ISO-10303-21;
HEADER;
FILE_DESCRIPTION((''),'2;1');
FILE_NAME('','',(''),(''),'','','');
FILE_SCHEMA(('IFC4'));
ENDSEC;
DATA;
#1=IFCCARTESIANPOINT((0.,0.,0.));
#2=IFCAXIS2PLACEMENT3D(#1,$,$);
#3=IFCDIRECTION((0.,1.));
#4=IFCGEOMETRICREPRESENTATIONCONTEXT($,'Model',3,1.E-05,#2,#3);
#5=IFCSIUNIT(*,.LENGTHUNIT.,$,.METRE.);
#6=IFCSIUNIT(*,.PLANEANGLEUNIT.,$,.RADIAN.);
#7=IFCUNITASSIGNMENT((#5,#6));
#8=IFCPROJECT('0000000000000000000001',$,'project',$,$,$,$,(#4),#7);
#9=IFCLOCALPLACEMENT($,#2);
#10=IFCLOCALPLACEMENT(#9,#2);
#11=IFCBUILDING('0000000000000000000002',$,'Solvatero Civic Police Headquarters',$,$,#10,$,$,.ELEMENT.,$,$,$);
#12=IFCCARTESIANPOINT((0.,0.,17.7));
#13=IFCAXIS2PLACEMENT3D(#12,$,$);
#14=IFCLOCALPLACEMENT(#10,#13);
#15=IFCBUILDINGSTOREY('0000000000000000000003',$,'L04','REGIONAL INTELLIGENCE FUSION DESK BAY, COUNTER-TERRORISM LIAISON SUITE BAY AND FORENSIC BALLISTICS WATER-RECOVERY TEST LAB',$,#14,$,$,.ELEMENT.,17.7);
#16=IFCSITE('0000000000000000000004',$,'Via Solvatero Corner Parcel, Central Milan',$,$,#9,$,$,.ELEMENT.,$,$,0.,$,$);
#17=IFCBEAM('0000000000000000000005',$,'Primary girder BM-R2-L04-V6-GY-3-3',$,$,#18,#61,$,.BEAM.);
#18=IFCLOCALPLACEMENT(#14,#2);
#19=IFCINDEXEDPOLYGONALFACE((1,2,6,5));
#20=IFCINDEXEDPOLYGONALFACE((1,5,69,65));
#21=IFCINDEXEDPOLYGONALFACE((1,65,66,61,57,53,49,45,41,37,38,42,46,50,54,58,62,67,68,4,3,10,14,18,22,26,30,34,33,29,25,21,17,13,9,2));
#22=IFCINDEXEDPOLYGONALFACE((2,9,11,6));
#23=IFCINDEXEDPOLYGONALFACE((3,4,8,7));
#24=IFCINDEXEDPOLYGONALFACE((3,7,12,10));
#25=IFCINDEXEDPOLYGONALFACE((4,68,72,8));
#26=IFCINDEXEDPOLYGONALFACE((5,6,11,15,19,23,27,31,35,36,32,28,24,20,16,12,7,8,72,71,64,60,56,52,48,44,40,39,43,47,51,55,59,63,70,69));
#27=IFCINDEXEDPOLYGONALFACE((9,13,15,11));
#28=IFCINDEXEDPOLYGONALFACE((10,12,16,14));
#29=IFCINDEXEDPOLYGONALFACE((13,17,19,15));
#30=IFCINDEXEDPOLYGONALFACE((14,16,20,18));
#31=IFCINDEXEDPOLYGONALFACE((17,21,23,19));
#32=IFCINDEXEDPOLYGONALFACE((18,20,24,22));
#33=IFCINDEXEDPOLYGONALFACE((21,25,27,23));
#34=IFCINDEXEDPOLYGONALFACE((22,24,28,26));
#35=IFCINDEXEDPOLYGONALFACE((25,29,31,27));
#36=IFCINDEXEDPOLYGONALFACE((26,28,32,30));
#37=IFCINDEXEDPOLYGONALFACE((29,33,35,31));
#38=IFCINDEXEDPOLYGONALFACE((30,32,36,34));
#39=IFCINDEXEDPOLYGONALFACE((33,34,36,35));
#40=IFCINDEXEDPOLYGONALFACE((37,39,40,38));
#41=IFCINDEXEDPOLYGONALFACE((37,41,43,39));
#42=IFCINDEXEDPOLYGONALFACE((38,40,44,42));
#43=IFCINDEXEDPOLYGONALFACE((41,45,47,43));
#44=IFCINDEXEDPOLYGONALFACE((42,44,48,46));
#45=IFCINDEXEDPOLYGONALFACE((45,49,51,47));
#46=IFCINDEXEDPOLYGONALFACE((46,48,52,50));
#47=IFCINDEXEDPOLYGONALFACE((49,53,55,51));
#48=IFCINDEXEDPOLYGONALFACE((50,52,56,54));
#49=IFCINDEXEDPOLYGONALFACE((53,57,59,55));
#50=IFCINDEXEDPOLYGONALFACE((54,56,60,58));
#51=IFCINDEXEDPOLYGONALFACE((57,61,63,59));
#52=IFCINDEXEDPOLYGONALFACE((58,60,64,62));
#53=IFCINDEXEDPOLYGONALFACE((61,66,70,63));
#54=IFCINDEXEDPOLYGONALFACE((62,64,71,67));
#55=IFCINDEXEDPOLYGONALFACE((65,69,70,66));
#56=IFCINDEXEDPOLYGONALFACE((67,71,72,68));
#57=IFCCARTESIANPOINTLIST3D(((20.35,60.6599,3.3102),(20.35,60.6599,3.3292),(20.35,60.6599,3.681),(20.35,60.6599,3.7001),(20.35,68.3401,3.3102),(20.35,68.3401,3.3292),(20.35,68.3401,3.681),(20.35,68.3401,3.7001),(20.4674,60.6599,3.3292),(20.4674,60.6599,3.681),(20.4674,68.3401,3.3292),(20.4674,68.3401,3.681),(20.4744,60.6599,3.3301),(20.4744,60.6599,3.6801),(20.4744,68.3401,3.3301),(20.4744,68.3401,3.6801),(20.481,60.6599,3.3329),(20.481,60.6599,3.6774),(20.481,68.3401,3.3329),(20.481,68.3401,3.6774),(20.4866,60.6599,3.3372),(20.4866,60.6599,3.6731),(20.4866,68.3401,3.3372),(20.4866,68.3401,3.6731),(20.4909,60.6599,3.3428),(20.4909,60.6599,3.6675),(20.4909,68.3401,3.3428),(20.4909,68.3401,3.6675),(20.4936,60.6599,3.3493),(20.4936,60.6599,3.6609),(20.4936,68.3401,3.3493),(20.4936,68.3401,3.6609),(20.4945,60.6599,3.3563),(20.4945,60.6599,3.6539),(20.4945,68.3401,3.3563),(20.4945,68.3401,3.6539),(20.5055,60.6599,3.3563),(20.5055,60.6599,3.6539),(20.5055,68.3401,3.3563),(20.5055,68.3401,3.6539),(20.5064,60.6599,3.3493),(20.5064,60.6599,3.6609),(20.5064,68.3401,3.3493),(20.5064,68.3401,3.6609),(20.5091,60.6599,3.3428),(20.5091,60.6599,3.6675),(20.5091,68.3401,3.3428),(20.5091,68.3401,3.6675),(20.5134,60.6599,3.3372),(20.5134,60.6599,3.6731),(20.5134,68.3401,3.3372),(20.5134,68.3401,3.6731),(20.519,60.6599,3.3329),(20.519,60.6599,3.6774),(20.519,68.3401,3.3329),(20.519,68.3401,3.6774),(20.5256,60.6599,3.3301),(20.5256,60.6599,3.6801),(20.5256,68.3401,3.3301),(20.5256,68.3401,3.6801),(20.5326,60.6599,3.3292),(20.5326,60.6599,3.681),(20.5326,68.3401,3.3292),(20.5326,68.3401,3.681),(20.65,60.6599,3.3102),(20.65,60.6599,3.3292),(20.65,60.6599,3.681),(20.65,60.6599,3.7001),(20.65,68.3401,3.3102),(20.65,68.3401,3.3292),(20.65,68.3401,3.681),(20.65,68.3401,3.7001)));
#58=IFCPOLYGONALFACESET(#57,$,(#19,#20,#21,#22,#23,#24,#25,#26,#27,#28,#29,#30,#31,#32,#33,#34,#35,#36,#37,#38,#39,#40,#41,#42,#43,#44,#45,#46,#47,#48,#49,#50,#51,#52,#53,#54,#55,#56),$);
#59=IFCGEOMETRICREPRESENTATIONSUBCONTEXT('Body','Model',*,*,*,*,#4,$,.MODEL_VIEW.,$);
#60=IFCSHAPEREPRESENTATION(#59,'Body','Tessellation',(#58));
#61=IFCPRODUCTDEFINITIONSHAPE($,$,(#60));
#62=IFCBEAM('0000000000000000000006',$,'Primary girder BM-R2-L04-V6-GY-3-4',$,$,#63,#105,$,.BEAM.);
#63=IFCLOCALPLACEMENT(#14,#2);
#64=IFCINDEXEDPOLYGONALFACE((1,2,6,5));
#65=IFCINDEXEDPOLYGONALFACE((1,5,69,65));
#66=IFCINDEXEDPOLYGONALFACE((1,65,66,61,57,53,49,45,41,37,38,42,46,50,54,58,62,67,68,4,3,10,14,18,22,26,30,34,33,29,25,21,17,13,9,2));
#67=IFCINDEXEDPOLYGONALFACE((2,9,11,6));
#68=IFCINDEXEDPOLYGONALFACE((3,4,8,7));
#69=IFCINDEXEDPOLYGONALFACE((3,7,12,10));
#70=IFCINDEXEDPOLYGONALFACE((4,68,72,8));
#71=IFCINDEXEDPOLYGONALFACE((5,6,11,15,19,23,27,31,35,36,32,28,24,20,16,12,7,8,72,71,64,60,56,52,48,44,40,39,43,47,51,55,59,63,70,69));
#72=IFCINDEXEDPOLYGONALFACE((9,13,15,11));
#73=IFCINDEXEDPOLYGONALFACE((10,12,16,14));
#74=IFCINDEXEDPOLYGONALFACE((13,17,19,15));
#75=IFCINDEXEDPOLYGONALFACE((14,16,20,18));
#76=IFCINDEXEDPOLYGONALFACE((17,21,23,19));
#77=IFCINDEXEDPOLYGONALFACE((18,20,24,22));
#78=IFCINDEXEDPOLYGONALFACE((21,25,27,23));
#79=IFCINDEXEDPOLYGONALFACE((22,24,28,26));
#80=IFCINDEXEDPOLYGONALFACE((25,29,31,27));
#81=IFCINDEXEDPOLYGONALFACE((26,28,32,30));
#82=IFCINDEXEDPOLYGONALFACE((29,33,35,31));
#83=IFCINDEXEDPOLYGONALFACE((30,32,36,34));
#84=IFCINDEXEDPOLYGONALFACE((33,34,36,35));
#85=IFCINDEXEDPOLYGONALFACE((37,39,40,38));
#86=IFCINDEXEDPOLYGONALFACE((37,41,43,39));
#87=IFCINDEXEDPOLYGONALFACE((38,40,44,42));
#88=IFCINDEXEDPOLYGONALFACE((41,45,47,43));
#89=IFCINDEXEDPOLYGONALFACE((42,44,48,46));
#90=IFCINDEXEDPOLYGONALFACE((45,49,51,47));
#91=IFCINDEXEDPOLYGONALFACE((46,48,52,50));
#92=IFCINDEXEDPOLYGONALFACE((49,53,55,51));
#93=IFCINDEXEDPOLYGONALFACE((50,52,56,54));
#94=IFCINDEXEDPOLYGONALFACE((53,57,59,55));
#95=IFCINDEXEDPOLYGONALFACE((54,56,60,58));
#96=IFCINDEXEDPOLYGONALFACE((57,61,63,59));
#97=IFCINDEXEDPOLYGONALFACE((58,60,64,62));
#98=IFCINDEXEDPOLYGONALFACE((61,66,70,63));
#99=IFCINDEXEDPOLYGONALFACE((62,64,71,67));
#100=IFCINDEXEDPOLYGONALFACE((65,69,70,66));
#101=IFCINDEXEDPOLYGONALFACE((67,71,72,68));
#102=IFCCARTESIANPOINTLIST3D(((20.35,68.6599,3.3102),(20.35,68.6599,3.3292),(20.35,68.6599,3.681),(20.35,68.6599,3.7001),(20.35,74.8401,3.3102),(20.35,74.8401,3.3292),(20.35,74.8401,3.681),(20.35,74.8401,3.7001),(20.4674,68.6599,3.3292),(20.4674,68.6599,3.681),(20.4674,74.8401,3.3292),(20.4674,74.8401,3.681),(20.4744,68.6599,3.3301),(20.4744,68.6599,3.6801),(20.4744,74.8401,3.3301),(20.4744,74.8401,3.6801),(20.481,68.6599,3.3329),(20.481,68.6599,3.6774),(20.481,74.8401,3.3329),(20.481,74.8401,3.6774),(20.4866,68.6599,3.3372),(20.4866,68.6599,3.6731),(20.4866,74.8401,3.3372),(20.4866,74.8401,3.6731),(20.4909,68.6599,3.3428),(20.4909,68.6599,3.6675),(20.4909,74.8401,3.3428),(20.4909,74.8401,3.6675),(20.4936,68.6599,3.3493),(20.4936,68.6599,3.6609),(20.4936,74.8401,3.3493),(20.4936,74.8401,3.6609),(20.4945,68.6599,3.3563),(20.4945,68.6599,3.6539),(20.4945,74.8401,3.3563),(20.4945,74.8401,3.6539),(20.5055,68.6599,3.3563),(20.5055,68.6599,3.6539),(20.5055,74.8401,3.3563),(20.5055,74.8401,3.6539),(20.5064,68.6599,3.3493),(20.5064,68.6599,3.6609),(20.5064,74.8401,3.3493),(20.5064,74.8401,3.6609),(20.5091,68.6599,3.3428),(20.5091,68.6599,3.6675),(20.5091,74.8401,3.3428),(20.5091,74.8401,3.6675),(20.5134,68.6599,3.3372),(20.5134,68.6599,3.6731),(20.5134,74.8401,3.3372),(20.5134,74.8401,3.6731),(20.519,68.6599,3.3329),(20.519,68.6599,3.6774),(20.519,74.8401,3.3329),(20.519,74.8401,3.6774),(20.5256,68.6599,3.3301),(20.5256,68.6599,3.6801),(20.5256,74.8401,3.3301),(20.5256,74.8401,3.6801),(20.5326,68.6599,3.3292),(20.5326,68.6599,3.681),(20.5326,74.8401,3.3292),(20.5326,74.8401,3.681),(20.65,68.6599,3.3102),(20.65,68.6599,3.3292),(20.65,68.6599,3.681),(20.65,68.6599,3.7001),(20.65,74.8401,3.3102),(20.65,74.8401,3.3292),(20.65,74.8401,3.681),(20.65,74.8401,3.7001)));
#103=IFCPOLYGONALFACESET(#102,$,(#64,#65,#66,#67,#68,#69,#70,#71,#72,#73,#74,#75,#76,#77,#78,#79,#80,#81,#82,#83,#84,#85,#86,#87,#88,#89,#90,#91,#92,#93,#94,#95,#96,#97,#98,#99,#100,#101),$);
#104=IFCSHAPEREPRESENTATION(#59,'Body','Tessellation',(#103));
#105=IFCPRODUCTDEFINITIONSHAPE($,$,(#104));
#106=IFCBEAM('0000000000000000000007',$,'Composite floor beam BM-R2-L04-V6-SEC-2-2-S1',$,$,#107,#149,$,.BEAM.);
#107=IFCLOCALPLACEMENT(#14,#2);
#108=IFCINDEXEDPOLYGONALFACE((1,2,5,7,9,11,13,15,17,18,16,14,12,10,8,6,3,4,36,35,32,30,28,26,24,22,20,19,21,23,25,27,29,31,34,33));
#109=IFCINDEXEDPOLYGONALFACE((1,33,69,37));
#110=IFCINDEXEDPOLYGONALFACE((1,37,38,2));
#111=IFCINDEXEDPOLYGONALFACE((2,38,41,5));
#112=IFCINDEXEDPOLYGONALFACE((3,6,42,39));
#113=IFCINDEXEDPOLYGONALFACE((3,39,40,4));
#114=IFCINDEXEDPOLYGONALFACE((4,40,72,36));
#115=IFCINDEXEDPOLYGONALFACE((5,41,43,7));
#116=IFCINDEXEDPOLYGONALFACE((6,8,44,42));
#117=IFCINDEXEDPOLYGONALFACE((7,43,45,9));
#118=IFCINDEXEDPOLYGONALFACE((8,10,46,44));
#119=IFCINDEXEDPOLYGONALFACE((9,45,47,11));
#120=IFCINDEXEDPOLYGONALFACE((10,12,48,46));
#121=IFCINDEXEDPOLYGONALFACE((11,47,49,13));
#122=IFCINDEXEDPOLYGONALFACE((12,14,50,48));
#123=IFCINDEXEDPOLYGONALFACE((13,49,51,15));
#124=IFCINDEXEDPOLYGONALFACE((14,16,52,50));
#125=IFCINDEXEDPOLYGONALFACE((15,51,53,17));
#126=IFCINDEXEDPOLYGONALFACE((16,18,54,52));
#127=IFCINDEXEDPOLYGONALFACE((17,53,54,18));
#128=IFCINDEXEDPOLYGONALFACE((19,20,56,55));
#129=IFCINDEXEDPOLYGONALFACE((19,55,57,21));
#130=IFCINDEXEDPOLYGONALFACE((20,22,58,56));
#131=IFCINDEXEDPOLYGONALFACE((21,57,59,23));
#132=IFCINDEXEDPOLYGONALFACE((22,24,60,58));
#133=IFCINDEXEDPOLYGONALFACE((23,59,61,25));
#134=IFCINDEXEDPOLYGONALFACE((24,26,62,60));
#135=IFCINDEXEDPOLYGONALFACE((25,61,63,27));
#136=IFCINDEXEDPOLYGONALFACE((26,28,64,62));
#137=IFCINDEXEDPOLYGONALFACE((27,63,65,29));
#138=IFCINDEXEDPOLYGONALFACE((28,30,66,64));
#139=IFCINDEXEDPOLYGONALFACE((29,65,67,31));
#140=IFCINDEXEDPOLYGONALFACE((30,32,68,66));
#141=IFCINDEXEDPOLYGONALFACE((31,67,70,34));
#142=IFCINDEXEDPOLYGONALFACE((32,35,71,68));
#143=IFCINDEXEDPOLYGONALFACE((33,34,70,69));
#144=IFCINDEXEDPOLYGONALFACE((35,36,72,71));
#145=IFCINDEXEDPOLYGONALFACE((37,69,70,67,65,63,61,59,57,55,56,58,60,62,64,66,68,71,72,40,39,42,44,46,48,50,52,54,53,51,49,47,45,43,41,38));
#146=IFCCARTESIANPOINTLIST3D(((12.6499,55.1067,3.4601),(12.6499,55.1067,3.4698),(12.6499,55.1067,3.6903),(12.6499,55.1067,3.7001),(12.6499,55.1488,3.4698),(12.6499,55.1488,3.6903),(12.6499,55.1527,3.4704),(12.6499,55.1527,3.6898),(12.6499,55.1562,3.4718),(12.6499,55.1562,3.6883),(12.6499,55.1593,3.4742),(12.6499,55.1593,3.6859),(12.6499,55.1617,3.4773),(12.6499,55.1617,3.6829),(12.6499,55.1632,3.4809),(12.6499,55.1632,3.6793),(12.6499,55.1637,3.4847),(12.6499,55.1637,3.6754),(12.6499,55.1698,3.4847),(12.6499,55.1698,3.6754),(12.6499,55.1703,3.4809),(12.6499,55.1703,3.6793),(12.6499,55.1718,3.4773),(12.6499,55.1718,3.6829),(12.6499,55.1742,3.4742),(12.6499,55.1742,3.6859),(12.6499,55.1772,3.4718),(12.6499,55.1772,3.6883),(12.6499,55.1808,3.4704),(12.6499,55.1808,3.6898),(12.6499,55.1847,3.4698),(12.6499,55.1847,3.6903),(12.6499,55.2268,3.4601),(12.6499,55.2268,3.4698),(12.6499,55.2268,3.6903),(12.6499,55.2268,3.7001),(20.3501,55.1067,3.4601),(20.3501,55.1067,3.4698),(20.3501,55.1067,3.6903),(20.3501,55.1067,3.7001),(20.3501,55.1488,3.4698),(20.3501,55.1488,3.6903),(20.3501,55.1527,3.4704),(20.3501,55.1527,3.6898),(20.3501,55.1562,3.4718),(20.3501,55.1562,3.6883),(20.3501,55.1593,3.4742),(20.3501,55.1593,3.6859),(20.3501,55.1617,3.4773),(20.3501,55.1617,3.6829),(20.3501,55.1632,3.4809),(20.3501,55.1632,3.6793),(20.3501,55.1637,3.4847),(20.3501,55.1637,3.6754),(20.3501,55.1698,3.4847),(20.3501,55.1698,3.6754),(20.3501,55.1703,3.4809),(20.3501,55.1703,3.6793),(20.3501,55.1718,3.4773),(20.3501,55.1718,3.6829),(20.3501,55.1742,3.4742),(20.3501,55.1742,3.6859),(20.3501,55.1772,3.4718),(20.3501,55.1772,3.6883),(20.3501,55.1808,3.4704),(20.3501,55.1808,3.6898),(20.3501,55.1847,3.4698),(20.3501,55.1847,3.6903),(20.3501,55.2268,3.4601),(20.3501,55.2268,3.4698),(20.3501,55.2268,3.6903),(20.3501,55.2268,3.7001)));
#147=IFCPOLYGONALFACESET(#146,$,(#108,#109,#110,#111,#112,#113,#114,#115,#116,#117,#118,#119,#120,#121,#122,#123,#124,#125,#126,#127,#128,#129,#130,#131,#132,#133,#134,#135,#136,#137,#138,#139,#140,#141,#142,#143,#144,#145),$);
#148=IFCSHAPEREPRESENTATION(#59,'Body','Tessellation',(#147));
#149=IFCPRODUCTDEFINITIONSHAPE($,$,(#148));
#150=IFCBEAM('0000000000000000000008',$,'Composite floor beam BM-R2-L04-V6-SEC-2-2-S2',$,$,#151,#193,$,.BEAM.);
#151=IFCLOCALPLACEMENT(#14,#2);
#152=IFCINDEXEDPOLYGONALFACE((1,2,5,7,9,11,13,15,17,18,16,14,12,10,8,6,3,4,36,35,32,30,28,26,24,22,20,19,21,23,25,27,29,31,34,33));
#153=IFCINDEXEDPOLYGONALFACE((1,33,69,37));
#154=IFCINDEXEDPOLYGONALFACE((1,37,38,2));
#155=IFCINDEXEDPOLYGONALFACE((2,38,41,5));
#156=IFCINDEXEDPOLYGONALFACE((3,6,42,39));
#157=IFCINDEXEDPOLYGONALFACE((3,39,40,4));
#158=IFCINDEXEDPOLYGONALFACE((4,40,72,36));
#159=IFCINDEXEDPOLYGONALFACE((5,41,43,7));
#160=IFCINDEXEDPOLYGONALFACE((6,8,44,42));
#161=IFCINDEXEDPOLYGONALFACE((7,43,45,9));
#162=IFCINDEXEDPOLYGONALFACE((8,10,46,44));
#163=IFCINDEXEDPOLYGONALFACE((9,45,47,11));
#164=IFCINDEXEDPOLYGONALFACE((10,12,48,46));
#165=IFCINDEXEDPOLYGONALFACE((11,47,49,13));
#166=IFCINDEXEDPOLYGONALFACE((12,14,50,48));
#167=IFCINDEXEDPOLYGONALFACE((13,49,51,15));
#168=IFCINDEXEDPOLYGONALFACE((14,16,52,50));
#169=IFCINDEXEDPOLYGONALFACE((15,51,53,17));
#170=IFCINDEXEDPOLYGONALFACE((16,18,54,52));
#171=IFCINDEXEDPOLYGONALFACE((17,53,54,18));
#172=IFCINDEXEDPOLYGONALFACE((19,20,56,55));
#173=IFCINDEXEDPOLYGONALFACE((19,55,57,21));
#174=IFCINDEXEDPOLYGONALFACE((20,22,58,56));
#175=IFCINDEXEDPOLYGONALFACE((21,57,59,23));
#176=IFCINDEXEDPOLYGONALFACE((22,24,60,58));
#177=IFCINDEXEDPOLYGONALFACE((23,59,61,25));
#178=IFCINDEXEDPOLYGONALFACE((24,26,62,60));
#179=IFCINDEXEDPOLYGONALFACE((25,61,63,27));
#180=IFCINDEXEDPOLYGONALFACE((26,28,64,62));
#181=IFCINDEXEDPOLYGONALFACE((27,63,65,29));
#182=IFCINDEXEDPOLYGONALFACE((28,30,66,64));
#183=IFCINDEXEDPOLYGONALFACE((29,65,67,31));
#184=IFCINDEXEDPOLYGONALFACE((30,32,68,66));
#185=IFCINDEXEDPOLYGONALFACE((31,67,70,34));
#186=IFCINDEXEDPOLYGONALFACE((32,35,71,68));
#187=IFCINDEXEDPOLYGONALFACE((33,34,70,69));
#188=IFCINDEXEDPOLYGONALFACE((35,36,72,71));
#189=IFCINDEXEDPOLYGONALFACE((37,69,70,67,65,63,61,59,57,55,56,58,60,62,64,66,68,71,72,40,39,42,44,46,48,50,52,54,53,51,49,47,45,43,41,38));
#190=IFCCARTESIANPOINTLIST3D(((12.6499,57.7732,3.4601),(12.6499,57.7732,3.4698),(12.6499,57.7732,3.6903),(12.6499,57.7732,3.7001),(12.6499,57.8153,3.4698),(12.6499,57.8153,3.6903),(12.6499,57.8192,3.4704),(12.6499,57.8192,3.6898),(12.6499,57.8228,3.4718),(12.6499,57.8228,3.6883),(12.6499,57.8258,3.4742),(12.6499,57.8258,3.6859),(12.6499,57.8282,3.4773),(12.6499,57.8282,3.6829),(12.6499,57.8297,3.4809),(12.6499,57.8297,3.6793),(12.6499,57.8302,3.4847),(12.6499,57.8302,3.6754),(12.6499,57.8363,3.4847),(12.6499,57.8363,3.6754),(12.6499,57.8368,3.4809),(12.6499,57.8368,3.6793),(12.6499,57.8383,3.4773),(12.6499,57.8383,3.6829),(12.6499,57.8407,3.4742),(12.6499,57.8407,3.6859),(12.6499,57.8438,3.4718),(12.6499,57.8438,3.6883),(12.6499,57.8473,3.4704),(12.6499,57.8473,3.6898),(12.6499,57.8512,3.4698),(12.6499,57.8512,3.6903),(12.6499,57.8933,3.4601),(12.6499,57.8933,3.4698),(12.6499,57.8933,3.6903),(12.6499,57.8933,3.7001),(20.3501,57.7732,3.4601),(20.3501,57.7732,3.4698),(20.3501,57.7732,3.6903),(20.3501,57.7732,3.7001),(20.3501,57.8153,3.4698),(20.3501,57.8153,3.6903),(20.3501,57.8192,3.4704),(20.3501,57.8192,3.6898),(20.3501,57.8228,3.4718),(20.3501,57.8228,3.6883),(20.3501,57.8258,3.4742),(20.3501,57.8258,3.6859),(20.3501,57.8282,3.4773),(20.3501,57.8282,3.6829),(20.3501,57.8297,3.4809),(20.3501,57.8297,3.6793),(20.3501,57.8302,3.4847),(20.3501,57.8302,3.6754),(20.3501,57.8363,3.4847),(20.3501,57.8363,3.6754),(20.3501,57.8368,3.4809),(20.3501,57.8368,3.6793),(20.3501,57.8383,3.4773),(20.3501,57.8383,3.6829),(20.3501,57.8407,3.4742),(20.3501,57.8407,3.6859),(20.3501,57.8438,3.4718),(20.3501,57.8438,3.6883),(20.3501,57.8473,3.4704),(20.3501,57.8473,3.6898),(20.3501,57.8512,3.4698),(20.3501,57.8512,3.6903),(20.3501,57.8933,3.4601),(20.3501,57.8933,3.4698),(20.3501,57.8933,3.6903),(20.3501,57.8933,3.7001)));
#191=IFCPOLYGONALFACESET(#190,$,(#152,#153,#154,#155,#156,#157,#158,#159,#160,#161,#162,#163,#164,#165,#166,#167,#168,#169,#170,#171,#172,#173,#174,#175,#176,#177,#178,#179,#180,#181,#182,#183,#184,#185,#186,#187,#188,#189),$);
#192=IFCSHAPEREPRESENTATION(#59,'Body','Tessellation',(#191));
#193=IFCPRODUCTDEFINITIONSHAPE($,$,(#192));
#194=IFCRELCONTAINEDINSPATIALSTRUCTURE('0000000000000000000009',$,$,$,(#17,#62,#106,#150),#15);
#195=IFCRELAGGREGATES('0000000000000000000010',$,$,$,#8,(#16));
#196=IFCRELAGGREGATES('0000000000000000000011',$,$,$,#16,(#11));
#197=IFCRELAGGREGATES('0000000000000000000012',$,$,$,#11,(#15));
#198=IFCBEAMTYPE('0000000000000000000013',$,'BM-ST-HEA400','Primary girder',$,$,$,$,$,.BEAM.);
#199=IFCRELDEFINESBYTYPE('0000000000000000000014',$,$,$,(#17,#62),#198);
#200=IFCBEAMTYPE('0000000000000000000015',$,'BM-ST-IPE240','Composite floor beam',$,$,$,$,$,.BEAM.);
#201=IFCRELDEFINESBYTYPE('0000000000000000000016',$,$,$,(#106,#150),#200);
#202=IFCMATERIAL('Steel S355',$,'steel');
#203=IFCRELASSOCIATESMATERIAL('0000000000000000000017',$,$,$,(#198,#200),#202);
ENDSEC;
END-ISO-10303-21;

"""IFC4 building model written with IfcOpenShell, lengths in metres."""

from ifc_helpers import new_model, si_unit, direction, frame, origin, origin_2d, place, context, subcontext, project, spatial, i_section, extrude, material, material_profile, profile_set, type_object, element, save


model = new_model("IFC4")

# Units and contexts
model_context = context("Model", 3, precision=1e-05, world=origin(), true_north=direction((0.0, 1.0)))
body_context = subcontext(model_context, "Body", "Model", "MODEL_VIEW")
ifc_project = project(units=[si_unit("LENGTHUNIT", "METRE"), si_unit("PLANEANGLEUNIT", "RADIAN")], contexts=[model_context])

# Site, building, storey
site_placement = place(None, origin())
site = spatial("IfcSite", under=ifc_project, at=site_placement, Name="Via Solvatero Corner Parcel, Central Milan", CompositionType="ELEMENT", RefElevation=0.0)
building_placement = place(site_placement, origin())
building = spatial("IfcBuilding", under=site, at=building_placement, Name="Solvatero Civic Police Headquarters", CompositionType="ELEMENT")
storey_placement = place(building_placement, frame((0.0, 0.0, 17.7)))
storey = spatial("IfcBuildingStorey", under=building, at=storey_placement, Name="L04", Description="REGIONAL INTELLIGENCE FUSION DESK BAY, COUNTER-TERRORISM LIAISON SUITE BAY AND FORENSIC BALLISTICS WATER-RECOVERY TEST LAB", CompositionType="ELEMENT", Elevation=17.7)

# Shared definitions
ifc_material_1 = material(Name="Steel S355", Category="steel")

# Beams
ifc_material_profile_1 = material_profile(ifc_material_1, i_section(OverallWidth=0.3, OverallDepth=0.3899, WebThickness=0.011, FlangeThickness=0.019, FilletRadius=0.0271, at=origin_2d()), Name="HEA 400")
ifc_profile_set_1 = profile_set([ifc_material_profile_1], Name="Steel S355")
beam_type_1 = type_object("IfcBeamType", Name="BM-ST-HEA400", Description="Primary girder", PredefinedType="BEAM", material=ifc_profile_set_1)
beam_1_placement = place(storey_placement, frame((20.5, 60.6599, 3.5051), z_axis=(0.0, 1.0, 0.0), x_axis=(-1.0, 0.0, 0.0)))
element("IfcBeam", 1, at=beam_1_placement, inside=storey, type_object=beam_type_1, Name="Primary girder BM-R2-L04-V6-GY-3-3", PredefinedType="BEAM", context=body_context, shape_type="SweptSolid", body=[
    extrude(i_section(OverallWidth=0.3, OverallDepth=0.3899, WebThickness=0.011, FlangeThickness=0.019, FilletRadius=0.0271, at=origin_2d()), origin(), (0.0, 0.0, 1.0), 7.6802),
])
beam_2_placement = place(storey_placement, frame((20.5, 68.6599, 3.5051), z_axis=(0.0, 1.0, 0.0), x_axis=(-1.0, 0.0, 0.0)))
element("IfcBeam", 2, at=beam_2_placement, inside=storey, type_object=beam_type_1, Name="Primary girder BM-R2-L04-V6-GY-3-4", PredefinedType="BEAM", context=body_context, shape_type="SweptSolid", body=[
    extrude(i_section(OverallWidth=0.3, OverallDepth=0.3899, WebThickness=0.011, FlangeThickness=0.019, FilletRadius=0.0271, at=origin_2d()), origin(), (0.0, 0.0, 1.0), 6.1802),
])
ifc_material_profile_2 = material_profile(ifc_material_1, i_section(OverallWidth=0.1201, OverallDepth=0.24, WebThickness=0.0061, FlangeThickness=0.0098, FilletRadius=0.0149, at=origin_2d()), Name="IPE 240")
ifc_profile_set_2 = profile_set([ifc_material_profile_2], Name="Steel S355")
beam_type_2 = type_object("IfcBeamType", Name="BM-ST-IPE240", Description="Composite floor beam", PredefinedType="BEAM", material=ifc_profile_set_2)
for number, where, z_axis, x_axis, name in (
    (3, (12.6499, 55.1667, 3.5801), (1.0, 0.0, 0.0), (0.0, 1.0, 0.0), "Composite floor beam BM-R2-L04-V6-SEC-2-2-S1"),
    (4, (12.6499, 57.8333, 3.5801), (1.0, 0.0, 0.0), (0.0, 1.0, 0.0), "Composite floor beam BM-R2-L04-V6-SEC-2-2-S2"),
):
    element("IfcBeam", number, at=place(storey_placement, frame(where, z_axis=z_axis, x_axis=x_axis)), inside=storey, type_object=beam_type_2, Name=name, PredefinedType="BEAM", context=body_context, shape_type="SweptSolid", body=[
        extrude(i_section(OverallWidth=0.1201, OverallDepth=0.24, WebThickness=0.0061, FlangeThickness=0.0098, FilletRadius=0.0149, at=origin_2d()), origin(), (0.0, 0.0, 1.0), 7.7002),
    ])

save(model, "model.ifc")
